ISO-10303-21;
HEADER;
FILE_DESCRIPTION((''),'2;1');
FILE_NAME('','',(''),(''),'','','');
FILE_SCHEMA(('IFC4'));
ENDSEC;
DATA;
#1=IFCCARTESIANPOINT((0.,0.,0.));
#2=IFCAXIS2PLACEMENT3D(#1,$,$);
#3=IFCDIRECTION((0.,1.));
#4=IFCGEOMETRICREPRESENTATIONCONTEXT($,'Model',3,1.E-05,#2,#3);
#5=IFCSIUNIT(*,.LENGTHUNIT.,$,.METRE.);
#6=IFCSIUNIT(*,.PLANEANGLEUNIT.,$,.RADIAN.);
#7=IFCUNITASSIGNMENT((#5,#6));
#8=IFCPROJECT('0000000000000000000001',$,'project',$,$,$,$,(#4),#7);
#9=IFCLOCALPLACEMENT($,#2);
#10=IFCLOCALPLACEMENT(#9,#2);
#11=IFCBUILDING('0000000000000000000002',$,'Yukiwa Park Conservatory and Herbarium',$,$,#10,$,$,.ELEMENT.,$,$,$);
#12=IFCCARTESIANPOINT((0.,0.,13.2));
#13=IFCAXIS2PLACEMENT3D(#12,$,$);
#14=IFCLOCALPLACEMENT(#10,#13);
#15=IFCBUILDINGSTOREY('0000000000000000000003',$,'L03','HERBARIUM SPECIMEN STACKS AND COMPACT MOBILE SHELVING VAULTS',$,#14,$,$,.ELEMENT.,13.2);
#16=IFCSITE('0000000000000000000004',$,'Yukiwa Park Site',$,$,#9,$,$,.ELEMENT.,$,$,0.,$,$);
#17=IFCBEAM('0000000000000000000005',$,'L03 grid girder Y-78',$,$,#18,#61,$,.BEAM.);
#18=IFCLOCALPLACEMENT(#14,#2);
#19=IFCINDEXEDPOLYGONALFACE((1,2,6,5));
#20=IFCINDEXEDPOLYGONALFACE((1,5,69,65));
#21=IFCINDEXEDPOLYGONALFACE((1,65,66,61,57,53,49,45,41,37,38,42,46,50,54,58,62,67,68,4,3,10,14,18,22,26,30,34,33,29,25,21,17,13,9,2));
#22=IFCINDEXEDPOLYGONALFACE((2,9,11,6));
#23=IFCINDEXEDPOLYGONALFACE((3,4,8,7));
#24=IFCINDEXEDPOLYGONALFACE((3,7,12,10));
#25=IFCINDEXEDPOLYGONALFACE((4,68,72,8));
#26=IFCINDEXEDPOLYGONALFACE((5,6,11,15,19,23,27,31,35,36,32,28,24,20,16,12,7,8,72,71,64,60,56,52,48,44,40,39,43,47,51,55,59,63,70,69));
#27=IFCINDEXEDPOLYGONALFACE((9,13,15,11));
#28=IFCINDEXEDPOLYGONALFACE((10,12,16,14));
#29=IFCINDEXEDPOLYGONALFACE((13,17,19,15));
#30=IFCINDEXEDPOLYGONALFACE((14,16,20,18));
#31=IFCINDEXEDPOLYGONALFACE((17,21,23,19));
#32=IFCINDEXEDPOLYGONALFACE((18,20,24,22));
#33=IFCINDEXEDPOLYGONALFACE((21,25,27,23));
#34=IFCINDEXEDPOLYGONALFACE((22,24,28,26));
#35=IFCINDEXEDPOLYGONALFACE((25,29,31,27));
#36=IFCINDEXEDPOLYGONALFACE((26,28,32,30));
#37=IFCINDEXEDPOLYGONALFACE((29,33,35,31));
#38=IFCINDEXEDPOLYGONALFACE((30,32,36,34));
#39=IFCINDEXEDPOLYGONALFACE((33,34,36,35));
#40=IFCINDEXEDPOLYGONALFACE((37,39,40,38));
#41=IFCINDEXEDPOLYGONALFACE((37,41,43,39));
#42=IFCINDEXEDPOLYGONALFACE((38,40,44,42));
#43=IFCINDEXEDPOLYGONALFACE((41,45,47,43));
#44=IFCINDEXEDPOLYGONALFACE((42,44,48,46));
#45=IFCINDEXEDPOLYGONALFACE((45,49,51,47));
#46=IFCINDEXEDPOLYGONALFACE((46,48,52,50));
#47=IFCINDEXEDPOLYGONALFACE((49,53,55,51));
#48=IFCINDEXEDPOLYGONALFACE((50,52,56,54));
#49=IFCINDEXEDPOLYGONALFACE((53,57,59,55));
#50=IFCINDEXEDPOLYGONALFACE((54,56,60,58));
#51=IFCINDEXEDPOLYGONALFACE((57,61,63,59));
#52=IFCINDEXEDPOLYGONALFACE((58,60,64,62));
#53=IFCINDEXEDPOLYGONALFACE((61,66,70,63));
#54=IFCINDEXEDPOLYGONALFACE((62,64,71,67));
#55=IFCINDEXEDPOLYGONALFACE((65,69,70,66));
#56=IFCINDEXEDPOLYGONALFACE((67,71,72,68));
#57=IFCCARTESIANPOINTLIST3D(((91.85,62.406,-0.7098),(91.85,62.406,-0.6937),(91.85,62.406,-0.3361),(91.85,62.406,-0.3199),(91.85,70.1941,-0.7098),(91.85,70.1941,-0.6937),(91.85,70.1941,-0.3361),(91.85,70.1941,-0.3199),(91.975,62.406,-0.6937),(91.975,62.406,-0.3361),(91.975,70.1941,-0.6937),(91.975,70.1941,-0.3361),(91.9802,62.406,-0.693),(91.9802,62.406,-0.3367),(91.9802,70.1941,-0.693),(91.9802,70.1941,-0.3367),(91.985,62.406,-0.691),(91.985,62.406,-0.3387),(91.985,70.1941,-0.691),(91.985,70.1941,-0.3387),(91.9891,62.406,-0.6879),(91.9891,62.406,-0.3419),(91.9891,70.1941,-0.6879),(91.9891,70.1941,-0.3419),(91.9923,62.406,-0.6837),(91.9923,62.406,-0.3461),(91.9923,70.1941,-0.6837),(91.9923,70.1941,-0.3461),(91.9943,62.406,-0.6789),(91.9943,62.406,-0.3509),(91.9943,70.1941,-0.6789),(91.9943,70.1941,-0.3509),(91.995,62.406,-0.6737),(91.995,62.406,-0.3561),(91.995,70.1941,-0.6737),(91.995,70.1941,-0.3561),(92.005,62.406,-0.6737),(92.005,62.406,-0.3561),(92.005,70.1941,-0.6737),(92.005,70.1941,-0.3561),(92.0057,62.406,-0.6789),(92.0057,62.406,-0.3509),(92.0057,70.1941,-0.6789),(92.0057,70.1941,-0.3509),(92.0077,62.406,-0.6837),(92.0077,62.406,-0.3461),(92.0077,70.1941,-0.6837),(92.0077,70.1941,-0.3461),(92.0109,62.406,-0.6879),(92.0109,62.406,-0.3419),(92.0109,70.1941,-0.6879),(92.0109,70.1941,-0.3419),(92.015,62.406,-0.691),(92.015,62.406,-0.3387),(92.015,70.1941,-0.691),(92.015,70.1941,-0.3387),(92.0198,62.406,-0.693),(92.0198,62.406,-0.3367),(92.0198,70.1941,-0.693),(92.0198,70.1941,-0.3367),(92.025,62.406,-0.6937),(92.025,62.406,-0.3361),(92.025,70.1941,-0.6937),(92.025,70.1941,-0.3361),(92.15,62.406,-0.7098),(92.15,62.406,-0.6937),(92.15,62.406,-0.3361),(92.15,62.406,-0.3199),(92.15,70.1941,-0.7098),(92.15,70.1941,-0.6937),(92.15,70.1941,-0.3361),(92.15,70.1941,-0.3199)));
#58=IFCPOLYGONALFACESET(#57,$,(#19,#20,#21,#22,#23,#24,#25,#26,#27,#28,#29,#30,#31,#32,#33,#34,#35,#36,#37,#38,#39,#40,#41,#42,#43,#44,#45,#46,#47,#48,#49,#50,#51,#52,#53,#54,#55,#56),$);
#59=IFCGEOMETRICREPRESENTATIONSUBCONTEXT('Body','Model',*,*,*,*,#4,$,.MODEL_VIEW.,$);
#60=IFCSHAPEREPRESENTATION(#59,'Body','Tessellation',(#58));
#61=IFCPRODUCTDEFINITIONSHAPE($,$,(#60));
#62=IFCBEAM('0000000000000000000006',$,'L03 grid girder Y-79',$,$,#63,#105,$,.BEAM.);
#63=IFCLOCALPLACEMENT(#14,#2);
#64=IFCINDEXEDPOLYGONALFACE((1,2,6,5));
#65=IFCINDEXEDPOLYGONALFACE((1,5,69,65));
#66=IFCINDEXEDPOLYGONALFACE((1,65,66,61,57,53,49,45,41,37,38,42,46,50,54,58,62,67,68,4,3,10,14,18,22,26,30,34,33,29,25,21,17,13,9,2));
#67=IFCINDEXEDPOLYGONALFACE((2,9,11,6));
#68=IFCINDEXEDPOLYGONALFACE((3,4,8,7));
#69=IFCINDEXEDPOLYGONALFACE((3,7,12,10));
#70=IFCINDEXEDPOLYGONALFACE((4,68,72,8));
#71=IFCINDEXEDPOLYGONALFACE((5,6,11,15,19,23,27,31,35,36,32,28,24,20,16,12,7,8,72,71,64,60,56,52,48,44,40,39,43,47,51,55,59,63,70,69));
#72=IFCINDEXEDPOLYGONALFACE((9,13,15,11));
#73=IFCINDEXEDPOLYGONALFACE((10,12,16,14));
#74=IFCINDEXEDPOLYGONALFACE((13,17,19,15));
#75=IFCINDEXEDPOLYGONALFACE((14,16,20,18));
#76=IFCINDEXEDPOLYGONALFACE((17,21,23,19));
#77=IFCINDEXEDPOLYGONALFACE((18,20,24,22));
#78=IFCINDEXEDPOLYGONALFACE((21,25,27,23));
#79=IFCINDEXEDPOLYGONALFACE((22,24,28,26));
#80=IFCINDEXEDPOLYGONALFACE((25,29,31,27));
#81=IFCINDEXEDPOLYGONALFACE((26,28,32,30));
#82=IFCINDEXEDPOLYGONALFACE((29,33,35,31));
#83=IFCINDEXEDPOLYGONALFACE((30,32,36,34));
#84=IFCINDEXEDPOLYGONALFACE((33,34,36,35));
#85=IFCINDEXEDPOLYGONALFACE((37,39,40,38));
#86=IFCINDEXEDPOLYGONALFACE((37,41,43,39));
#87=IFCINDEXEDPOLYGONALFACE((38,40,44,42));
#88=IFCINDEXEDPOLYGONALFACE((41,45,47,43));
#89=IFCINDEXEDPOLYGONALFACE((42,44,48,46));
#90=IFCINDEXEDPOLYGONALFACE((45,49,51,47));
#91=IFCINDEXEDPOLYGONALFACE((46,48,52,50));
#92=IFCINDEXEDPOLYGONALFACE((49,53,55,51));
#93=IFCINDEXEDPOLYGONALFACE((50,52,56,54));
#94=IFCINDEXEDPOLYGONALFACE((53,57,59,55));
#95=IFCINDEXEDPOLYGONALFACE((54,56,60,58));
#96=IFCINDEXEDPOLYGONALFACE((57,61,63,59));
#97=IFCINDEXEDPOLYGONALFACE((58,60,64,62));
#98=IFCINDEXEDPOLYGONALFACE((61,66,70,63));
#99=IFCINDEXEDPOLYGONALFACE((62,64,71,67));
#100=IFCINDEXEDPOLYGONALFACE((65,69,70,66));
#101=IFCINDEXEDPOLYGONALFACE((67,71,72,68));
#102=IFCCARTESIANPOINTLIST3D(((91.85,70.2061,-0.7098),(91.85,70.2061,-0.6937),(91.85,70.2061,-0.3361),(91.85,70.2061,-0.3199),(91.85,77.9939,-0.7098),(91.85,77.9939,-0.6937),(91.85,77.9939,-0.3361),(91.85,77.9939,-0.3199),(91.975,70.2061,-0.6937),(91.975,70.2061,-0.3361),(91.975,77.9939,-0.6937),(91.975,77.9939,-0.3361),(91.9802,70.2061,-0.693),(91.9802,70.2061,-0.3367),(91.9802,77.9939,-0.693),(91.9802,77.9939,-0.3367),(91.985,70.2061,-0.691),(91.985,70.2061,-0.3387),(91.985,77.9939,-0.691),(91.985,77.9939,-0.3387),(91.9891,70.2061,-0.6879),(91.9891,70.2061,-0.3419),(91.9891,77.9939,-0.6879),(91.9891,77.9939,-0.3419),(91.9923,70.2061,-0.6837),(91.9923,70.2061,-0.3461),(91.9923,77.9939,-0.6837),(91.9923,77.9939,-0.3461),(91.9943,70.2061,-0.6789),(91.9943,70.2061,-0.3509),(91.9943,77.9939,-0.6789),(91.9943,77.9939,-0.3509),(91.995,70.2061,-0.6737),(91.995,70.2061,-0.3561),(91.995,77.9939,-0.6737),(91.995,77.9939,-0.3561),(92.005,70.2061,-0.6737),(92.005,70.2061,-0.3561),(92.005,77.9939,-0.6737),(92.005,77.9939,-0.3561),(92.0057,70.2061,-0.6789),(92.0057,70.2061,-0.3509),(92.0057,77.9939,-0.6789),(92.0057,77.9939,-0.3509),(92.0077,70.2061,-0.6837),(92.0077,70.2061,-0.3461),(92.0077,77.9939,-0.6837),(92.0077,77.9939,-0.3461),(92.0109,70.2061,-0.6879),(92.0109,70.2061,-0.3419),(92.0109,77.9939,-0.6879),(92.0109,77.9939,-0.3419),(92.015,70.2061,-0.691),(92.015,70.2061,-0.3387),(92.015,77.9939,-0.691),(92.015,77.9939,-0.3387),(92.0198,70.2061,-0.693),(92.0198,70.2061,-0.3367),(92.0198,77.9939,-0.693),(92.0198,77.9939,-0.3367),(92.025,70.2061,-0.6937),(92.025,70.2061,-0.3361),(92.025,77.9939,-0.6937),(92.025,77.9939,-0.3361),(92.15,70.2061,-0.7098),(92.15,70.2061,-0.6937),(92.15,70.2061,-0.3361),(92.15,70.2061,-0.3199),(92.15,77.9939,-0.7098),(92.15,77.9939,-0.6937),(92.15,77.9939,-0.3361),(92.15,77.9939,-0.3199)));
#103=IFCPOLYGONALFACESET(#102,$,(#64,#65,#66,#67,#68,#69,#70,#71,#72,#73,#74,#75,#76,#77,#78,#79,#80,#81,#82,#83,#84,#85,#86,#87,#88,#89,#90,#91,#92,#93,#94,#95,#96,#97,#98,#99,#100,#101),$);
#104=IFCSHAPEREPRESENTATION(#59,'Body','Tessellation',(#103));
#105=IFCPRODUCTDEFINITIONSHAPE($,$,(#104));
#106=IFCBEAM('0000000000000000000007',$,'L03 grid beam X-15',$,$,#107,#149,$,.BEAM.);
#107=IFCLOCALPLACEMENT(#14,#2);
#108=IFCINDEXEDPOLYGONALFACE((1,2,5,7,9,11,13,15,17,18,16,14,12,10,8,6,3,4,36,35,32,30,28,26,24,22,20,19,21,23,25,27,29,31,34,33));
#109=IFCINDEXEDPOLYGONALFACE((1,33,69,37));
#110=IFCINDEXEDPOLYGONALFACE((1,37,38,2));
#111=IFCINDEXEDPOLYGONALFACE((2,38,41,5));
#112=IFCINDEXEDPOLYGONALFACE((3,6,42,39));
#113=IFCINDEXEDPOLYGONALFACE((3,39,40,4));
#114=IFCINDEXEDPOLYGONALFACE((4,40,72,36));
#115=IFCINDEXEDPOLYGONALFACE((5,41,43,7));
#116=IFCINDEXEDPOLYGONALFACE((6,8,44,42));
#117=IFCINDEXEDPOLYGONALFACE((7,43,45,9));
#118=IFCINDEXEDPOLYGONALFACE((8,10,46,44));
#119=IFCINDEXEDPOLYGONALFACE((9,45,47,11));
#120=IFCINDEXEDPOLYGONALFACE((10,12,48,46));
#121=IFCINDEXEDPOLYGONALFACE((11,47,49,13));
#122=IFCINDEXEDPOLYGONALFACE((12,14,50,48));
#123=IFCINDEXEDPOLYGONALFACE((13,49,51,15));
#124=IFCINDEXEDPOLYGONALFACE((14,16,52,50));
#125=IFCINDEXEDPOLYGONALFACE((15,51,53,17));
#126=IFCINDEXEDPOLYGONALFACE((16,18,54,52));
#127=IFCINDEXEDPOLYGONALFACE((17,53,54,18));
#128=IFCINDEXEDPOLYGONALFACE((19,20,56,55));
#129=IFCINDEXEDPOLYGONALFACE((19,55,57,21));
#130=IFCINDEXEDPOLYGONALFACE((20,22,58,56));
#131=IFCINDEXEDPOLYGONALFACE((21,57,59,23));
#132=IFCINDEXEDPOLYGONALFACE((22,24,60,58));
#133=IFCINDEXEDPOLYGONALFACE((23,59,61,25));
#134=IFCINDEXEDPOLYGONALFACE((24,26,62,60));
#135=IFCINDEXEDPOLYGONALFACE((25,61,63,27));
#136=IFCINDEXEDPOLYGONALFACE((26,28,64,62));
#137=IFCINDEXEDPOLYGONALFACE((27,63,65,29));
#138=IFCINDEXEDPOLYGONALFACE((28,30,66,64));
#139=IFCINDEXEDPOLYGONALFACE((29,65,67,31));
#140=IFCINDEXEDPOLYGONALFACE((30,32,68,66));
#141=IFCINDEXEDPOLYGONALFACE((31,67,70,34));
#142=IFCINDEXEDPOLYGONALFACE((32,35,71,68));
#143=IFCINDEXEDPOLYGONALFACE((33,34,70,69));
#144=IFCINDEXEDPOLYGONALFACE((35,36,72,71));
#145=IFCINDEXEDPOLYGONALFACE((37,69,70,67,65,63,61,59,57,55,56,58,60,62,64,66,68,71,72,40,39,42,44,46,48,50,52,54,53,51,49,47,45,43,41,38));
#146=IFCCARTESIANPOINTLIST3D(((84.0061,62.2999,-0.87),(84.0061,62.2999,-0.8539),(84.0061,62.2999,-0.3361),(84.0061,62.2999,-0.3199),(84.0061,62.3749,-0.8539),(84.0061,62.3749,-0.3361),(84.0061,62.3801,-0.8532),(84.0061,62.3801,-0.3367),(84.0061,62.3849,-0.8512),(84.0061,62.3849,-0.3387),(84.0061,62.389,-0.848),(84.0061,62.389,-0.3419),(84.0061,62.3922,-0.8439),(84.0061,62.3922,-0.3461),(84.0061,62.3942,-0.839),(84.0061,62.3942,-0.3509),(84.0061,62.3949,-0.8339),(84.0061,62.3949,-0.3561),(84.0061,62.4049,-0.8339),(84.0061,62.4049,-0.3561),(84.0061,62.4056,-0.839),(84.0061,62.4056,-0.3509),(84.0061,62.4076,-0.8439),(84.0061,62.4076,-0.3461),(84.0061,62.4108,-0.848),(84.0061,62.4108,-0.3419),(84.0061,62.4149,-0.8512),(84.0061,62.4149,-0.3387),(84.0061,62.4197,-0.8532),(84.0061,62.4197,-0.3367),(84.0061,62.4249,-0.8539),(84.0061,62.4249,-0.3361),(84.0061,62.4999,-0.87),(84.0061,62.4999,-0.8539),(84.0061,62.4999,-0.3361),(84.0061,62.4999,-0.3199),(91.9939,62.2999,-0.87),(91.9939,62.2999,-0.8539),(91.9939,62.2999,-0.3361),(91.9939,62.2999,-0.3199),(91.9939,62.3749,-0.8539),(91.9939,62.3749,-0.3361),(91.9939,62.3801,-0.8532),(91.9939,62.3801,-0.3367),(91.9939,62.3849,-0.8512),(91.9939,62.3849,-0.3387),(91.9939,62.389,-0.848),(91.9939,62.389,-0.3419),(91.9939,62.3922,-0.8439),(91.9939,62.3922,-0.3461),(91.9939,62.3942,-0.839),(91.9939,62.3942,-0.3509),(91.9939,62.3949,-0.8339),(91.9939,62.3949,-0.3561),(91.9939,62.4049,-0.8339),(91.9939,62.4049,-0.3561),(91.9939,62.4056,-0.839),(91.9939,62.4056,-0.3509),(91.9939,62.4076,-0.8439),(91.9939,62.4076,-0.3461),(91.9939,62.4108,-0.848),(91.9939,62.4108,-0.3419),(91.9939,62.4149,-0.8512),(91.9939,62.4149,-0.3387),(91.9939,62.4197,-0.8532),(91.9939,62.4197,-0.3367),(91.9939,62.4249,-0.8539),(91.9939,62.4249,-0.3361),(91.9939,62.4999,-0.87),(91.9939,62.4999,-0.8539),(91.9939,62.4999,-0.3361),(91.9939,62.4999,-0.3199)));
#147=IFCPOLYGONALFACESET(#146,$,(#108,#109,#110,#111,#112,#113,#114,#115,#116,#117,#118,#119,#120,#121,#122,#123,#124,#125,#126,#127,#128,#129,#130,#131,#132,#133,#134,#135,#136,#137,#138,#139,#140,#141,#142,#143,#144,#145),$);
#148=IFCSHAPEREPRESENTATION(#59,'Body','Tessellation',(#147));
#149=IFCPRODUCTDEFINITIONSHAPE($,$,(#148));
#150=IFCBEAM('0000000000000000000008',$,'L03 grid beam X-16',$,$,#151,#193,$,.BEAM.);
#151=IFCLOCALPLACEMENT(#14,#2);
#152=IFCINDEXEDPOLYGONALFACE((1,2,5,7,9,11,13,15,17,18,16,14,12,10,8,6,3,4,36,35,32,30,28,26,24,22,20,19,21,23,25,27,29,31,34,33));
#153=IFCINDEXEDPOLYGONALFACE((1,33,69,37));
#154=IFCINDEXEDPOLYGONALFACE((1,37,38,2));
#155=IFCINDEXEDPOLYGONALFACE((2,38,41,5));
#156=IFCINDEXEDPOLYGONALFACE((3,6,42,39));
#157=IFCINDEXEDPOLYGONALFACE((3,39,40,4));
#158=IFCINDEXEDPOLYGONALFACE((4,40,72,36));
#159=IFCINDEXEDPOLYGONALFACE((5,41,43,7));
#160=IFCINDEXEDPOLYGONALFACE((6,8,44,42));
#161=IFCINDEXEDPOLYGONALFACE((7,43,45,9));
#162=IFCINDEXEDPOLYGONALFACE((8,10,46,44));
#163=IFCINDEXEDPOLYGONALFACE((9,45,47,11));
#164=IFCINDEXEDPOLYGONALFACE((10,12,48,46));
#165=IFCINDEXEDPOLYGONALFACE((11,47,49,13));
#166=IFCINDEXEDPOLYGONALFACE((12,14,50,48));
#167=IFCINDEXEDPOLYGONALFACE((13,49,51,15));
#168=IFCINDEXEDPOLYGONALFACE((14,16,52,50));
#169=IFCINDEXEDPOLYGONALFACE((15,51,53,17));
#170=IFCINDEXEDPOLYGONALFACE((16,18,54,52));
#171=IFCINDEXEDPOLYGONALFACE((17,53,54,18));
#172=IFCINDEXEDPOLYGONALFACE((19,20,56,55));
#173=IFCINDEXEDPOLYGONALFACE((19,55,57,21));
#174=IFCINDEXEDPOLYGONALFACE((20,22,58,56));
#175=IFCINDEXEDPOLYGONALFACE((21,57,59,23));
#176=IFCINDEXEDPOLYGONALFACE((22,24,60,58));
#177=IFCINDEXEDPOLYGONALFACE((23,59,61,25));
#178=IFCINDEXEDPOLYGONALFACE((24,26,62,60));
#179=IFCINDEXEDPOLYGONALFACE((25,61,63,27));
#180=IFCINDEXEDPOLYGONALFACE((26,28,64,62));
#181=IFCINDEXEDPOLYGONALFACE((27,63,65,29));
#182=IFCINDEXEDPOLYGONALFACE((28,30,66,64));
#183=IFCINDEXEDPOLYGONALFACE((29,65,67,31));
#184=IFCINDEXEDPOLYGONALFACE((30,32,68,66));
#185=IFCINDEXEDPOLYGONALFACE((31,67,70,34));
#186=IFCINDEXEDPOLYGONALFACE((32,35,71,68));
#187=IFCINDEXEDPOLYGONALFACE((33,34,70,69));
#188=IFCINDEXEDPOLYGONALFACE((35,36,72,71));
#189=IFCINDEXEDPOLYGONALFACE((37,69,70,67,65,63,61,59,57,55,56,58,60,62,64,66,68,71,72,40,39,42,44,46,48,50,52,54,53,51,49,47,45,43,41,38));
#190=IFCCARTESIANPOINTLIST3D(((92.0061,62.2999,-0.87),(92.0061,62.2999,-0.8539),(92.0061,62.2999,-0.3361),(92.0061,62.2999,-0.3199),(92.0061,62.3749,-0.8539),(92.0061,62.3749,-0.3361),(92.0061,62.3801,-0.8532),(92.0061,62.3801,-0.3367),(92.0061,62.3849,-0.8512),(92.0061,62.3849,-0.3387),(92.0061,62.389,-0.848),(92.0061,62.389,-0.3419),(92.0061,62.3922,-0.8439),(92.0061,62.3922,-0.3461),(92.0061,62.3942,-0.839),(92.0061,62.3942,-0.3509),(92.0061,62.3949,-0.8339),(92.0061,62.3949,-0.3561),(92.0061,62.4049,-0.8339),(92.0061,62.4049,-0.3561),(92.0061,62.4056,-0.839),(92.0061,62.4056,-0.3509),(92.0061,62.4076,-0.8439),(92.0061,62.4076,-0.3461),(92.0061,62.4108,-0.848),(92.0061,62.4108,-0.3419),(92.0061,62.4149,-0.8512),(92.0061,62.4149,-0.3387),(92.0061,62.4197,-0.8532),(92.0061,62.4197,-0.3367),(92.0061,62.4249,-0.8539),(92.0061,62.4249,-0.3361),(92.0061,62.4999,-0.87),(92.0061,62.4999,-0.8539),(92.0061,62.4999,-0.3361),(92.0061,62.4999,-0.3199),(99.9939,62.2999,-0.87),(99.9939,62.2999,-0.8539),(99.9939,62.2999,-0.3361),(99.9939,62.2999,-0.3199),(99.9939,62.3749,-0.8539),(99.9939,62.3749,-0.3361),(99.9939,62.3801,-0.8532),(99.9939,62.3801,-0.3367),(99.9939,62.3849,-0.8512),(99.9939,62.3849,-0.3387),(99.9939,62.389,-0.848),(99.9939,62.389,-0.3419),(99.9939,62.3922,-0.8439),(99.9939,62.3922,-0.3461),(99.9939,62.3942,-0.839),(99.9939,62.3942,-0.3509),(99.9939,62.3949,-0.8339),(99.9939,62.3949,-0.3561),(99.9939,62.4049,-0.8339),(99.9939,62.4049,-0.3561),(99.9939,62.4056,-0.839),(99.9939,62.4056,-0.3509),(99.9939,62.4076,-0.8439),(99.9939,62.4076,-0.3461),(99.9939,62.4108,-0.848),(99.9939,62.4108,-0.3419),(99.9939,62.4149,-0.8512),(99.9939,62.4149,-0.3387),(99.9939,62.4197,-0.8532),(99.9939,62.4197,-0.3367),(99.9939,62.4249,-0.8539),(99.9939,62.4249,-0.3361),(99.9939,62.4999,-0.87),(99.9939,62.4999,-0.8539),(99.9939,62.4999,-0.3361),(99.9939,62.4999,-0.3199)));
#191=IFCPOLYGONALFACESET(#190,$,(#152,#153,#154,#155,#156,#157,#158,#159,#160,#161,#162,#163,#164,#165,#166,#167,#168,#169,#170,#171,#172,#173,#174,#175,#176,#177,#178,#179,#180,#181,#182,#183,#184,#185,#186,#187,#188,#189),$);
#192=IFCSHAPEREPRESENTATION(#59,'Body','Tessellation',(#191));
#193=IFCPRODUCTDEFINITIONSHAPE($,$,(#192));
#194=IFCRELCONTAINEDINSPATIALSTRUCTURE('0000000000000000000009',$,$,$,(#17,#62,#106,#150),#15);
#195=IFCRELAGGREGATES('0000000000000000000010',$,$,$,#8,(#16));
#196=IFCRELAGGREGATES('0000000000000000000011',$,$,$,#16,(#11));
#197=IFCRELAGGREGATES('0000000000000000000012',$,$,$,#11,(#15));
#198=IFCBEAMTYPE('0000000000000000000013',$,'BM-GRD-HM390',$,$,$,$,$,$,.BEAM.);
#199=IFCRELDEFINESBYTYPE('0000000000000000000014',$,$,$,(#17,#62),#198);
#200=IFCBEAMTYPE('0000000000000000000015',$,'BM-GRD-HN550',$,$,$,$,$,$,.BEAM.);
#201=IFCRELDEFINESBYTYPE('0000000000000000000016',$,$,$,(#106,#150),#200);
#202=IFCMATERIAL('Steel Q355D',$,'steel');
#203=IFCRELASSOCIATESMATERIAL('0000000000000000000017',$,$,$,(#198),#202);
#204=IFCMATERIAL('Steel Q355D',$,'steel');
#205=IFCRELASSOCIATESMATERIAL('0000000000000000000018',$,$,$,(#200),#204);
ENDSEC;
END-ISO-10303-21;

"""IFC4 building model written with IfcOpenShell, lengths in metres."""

from ifc_helpers import new_model, si_unit, direction, frame, origin, origin_2d, place, context, subcontext, project, spatial, i_section, extrude, material, material_profile, profile_set, type_object, element, save


model = new_model("IFC4")

# Units and contexts
model_context = context("Model", 3, precision=1e-05, world=origin(), true_north=direction((0.0, 1.0)))
body_context = subcontext(model_context, "Body", "Model", "MODEL_VIEW")
ifc_project = project(units=[si_unit("LENGTHUNIT", "METRE"), si_unit("PLANEANGLEUNIT", "RADIAN")], contexts=[model_context])

# Site, building, storey
site_placement = place(None, origin())
site = spatial("IfcSite", under=ifc_project, at=site_placement, Name="Yukiwa Park Site", CompositionType="ELEMENT", RefElevation=0.0)
building_placement = place(site_placement, origin())
building = spatial("IfcBuilding", under=site, at=building_placement, Name="Yukiwa Park Conservatory and Herbarium", CompositionType="ELEMENT")
storey_placement = place(building_placement, frame((0.0, 0.0, 13.2)))
storey = spatial("IfcBuildingStorey", under=building, at=storey_placement, Name="L03", Description="HERBARIUM SPECIMEN STACKS AND COMPACT MOBILE SHELVING VAULTS", CompositionType="ELEMENT", Elevation=13.2)

# Beams
ifc_material_1 = material(Name="Steel Q355D", Category="steel")
ifc_material_profile_1 = material_profile(ifc_material_1, i_section(OverallWidth=0.3, OverallDepth=0.3899, WebThickness=0.01, FlangeThickness=0.0161, FilletRadius=0.02, at=origin_2d()), Name="HM 390x300x10x16")
ifc_profile_set_1 = profile_set([ifc_material_profile_1], Name="Steel Q355D")
beam_type_1 = type_object("IfcBeamType", Name="BM-GRD-HM390", PredefinedType="BEAM", material=ifc_profile_set_1)
beam_1_placement = place(storey_placement, frame((92.0, 62.406, -0.5149), z_axis=(0.0, 1.0, 0.0), x_axis=(-1.0, 0.0, 0.0)))
element("IfcBeam", 1, at=beam_1_placement, inside=storey, type_object=beam_type_1, Name="L03 grid girder Y-78", PredefinedType="BEAM", context=body_context, shape_type="SweptSolid", body=[
    extrude(i_section(OverallWidth=0.3, OverallDepth=0.3899, WebThickness=0.01, FlangeThickness=0.0161, FilletRadius=0.02, at=origin_2d()), origin(), (0.0, 0.0, 1.0), 7.7881),
])
beam_2_placement = place(storey_placement, frame((92.0, 70.2061, -0.5149), z_axis=(0.0, 1.0, 0.0), x_axis=(-1.0, 0.0, 0.0)))
element("IfcBeam", 2, at=beam_2_placement, inside=storey, type_object=beam_type_1, Name="L03 grid girder Y-79", PredefinedType="BEAM", context=body_context, shape_type="SweptSolid", body=[
    extrude(i_section(OverallWidth=0.3, OverallDepth=0.3899, WebThickness=0.01, FlangeThickness=0.0161, FilletRadius=0.02, at=origin_2d()), origin(), (0.0, 0.0, 1.0), 7.7878),
])
ifc_material_2 = material(Name="Steel Q355D", Category="steel")
ifc_material_profile_2 = material_profile(ifc_material_2, i_section(OverallWidth=0.2, OverallDepth=0.55, WebThickness=0.01, FlangeThickness=0.0161, FilletRadius=0.02, at=origin_2d()), Name="HN 550x200x10x16")
ifc_profile_set_2 = profile_set([ifc_material_profile_2], Name="Steel Q355D")
beam_type_2 = type_object("IfcBeamType", Name="BM-GRD-HN550", PredefinedType="BEAM", material=ifc_profile_set_2)
for number, where, z_axis, x_axis, name in (
    (3, (84.0061, 62.3999, -0.595), (1.0, 0.0, 0.0), (0.0, 1.0, 0.0), "L03 grid beam X-15"),
    (4, (92.0061, 62.3999, -0.595), (1.0, 0.0, 0.0), (0.0, 1.0, 0.0), "L03 grid beam X-16"),
):
    element("IfcBeam", number, at=place(storey_placement, frame(where, z_axis=z_axis, x_axis=x_axis)), inside=storey, type_object=beam_type_2, Name=name, PredefinedType="BEAM", context=body_context, shape_type="SweptSolid", body=[
        extrude(i_section(OverallWidth=0.2, OverallDepth=0.55, WebThickness=0.01, FlangeThickness=0.0161, FilletRadius=0.02, at=origin_2d()), origin(), (0.0, 0.0, 1.0), 7.9878),
    ])

save(model, "model.ifc")
